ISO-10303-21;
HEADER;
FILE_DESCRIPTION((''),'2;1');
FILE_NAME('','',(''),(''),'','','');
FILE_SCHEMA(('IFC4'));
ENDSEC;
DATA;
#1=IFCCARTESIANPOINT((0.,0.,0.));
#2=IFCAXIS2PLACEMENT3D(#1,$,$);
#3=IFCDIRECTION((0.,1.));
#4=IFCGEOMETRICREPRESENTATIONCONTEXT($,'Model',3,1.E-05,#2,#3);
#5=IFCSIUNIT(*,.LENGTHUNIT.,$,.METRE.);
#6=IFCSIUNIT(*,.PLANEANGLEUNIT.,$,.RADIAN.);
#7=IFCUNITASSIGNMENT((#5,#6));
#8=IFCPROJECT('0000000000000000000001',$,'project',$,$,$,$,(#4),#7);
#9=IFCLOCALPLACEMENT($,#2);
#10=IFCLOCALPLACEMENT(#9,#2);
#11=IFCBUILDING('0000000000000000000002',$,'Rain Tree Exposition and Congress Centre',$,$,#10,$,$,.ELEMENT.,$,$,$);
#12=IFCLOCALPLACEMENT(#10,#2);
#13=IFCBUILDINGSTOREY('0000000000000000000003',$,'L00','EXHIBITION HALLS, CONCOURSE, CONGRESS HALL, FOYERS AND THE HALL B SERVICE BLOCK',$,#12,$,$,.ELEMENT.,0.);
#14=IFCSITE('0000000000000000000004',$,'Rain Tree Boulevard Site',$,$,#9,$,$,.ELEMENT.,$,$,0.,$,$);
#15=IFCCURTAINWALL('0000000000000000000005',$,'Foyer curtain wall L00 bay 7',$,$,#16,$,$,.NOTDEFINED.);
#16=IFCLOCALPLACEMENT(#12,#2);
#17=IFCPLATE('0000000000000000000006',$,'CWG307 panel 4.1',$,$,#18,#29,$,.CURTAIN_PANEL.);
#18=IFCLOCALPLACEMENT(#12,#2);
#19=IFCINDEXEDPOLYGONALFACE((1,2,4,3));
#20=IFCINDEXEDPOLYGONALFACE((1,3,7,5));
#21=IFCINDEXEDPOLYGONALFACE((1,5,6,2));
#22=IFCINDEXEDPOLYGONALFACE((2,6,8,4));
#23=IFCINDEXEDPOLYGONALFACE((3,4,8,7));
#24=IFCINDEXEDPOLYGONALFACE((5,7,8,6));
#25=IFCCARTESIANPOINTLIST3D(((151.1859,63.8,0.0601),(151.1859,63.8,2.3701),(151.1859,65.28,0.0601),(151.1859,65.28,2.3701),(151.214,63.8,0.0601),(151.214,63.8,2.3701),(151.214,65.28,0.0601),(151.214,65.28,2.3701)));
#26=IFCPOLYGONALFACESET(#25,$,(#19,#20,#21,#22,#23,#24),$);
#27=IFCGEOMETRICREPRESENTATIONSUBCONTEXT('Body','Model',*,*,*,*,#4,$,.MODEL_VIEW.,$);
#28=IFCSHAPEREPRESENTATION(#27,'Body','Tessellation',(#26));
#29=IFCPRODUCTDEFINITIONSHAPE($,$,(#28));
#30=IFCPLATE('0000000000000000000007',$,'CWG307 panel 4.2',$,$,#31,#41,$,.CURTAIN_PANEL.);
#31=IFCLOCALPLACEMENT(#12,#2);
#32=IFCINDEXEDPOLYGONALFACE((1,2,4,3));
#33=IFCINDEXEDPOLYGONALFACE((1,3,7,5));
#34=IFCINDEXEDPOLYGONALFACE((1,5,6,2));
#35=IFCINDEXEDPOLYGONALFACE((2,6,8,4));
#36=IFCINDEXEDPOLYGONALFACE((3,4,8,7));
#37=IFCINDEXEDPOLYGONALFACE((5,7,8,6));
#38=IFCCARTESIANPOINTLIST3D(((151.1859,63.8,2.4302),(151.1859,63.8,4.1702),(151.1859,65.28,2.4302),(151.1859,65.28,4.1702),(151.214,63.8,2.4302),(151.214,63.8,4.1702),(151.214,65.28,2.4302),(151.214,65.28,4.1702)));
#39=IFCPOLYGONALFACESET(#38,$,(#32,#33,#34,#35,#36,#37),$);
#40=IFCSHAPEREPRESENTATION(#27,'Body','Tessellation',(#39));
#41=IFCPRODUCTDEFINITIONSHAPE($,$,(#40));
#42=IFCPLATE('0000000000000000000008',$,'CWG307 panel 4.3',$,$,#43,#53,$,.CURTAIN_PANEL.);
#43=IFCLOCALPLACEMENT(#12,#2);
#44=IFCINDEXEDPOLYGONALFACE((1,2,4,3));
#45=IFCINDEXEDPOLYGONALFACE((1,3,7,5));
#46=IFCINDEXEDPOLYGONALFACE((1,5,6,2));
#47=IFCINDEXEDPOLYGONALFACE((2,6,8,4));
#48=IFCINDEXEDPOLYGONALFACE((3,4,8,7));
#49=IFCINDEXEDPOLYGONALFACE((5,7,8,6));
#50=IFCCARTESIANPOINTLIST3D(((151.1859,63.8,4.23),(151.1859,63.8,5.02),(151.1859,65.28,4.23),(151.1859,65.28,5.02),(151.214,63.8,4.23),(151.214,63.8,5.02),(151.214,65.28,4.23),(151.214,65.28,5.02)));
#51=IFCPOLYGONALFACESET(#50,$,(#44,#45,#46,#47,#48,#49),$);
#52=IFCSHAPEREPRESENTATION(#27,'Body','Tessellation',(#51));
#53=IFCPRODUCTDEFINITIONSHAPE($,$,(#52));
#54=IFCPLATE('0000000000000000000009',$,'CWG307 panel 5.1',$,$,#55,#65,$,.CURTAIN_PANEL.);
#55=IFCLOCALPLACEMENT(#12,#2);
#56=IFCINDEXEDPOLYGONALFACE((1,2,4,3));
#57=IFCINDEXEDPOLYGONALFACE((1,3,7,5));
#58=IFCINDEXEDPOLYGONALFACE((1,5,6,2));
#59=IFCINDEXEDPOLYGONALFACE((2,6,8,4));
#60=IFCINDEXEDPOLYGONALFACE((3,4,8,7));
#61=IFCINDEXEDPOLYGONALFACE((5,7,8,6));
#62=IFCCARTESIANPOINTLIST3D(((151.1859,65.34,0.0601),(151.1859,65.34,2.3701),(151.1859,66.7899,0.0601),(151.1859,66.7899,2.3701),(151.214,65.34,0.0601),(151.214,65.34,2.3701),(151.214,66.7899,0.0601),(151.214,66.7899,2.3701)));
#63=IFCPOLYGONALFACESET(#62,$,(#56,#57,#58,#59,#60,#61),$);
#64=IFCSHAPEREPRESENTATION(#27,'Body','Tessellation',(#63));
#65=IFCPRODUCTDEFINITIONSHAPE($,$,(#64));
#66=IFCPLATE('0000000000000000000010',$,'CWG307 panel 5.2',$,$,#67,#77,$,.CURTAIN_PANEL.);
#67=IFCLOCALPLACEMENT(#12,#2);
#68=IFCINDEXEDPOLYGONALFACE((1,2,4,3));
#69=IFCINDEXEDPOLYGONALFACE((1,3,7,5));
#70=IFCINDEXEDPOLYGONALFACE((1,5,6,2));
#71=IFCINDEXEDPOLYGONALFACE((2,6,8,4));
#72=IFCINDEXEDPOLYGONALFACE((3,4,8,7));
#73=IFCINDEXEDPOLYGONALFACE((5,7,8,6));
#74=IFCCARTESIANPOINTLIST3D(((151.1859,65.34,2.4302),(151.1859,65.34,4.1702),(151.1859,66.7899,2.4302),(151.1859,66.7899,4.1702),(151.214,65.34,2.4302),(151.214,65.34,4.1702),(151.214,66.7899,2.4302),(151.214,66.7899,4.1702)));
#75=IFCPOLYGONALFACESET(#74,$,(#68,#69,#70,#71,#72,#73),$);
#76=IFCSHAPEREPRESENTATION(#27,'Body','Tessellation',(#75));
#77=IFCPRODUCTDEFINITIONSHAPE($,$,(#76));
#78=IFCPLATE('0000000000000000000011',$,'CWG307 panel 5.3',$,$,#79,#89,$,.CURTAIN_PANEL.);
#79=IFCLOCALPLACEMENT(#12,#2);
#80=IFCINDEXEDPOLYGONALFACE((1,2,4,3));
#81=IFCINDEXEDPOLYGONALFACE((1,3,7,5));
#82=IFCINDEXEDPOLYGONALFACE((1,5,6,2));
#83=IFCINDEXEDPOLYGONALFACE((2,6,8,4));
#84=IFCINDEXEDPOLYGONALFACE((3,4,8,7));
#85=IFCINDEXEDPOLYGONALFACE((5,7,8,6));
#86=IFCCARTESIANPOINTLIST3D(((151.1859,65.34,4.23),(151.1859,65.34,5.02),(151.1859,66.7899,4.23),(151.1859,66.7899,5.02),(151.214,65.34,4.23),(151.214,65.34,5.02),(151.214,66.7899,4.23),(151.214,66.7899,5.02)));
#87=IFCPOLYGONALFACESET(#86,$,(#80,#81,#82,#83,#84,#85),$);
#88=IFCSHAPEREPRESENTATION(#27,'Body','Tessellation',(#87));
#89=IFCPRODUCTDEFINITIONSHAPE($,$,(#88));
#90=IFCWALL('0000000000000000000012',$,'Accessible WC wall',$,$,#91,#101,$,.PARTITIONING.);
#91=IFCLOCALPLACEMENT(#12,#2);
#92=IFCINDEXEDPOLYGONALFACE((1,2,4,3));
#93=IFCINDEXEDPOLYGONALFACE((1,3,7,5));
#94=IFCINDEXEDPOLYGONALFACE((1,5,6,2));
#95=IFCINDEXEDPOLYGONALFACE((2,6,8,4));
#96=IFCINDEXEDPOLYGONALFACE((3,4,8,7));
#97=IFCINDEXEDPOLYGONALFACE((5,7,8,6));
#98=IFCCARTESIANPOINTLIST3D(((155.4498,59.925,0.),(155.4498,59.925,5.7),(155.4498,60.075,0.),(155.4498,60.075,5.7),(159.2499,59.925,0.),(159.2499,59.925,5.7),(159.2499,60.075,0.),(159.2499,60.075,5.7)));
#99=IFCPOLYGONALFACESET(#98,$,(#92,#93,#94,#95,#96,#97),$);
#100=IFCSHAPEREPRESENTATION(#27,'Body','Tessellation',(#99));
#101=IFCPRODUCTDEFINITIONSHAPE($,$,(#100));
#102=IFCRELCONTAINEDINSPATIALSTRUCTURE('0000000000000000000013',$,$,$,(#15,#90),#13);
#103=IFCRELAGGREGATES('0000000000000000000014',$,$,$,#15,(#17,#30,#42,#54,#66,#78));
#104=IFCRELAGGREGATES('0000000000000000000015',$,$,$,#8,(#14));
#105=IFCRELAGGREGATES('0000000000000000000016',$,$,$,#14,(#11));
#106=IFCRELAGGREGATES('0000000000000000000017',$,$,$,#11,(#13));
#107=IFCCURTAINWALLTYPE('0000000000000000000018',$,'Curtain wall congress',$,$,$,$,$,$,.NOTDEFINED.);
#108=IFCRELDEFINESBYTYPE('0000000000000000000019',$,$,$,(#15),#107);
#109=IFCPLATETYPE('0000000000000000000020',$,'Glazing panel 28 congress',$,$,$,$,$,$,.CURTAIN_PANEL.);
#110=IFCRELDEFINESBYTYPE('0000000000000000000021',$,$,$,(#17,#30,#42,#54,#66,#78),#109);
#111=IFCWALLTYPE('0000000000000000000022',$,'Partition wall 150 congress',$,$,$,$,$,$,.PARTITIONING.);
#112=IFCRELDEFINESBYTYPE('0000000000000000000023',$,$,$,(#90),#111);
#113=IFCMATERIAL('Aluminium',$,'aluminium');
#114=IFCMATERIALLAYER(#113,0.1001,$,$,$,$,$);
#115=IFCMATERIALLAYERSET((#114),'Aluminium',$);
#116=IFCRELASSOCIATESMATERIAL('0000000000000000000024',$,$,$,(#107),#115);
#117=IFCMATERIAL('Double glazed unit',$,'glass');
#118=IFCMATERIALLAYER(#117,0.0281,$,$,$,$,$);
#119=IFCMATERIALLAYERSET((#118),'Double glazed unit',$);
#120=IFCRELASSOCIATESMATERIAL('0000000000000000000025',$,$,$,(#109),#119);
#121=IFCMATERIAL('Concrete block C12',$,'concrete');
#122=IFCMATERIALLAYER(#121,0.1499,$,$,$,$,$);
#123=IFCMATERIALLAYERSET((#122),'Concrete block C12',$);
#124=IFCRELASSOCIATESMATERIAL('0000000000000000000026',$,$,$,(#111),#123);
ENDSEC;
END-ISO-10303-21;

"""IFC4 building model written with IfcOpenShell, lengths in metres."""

from ifc_helpers import new_model, si_unit, direction, frame, frame_2d, origin, origin_2d, place, context, subcontext, project, spatial, rectangle, extrude, material, layer, layer_set, type_object, element, aggregate, save


model = new_model("IFC4")

# Units and contexts
model_context = context("Model", 3, precision=1e-05, world=origin(), true_north=direction((0.0, 1.0)))
body_context = subcontext(model_context, "Body", "Model", "MODEL_VIEW")
ifc_project = project(units=[si_unit("LENGTHUNIT", "METRE"), si_unit("PLANEANGLEUNIT", "RADIAN")], contexts=[model_context])

# Site, building, storey
site_placement = place(None, origin())
site = spatial("IfcSite", under=ifc_project, at=site_placement, Name="Rain Tree Boulevard Site", CompositionType="ELEMENT", RefElevation=0.0)
building_placement = place(site_placement, origin())
building = spatial("IfcBuilding", under=site, at=building_placement, Name="Rain Tree Exposition and Congress Centre", CompositionType="ELEMENT")
storey_placement = place(building_placement, origin())
storey = spatial("IfcBuildingStorey", under=building, at=storey_placement, Name="L00", Description="EXHIBITION HALLS, CONCOURSE, CONGRESS HALL, FOYERS AND THE HALL B SERVICE BLOCK", CompositionType="ELEMENT", Elevation=0.0)

# Curtain wall, plates
ifc_material_1 = material(Name="Aluminium", Category="aluminium")
ifc_layer_1 = layer(ifc_material_1, 0.1001)
ifc_layer_set_1 = layer_set([ifc_layer_1], Name="Aluminium")
curtain_wall_type = type_object("IfcCurtainWallType", Name="Curtain wall congress", PredefinedType="NOTDEFINED", material=ifc_layer_set_1)
curtain_wall_placement = place(storey_placement, origin())
curtain_wall = element("IfcCurtainWall", 1, at=curtain_wall_placement, inside=storey, type_object=curtain_wall_type, Name="Foyer curtain wall L00 bay 7", PredefinedType="NOTDEFINED")
ifc_material_2 = material(Name="Double glazed unit", Category="glass")
ifc_layer_2 = layer(ifc_material_2, 0.0281)
ifc_layer_set_2 = layer_set([ifc_layer_2], Name="Double glazed unit")
plate_type = type_object("IfcPlateType", Name="Glazing panel 28 congress", PredefinedType="CURTAIN_PANEL", material=ifc_layer_set_2)
plate_1_placement = place(storey_placement, frame((151.2, 64.54, 0.0601), z_axis=(0.0, 0.0, 1.0), x_axis=(0.0, 1.0, 0.0)))
plate_1 = element("IfcPlate", 2, at=plate_1_placement, type_object=plate_type, Name="CWG307 panel 4.1", PredefinedType="CURTAIN_PANEL", context=body_context, shape_type="SweptSolid", body=[
    extrude(rectangle(XDim=1.48, YDim=0.0281, at=origin_2d()), origin(), (0.0, 0.0, 1.0), 2.3101),
])
plate_2_placement = place(storey_placement, frame((151.2, 64.54, 2.4302), z_axis=(0.0, 0.0, 1.0), x_axis=(0.0, 1.0, 0.0)))
plate_2 = element("IfcPlate", 3, at=plate_2_placement, type_object=plate_type, Name="CWG307 panel 4.2", PredefinedType="CURTAIN_PANEL", context=body_context, shape_type="SweptSolid", body=[
    extrude(rectangle(XDim=1.48, YDim=0.0281, at=origin_2d()), origin(), (0.0, 0.0, 1.0), 1.74),
])
plate_3_placement = place(storey_placement, frame((151.2, 64.54, 4.23), z_axis=(0.0, 0.0, 1.0), x_axis=(0.0, 1.0, 0.0)))
plate_3 = element("IfcPlate", 4, at=plate_3_placement, type_object=plate_type, Name="CWG307 panel 4.3", PredefinedType="CURTAIN_PANEL", context=body_context, shape_type="SweptSolid", body=[
    extrude(rectangle(XDim=1.48, YDim=0.0281, at=origin_2d()), origin(), (0.0, 0.0, 1.0), 0.79),
])
plate_4_placement = place(storey_placement, frame((151.2, 66.0649, 0.0601), z_axis=(0.0, 0.0, 1.0), x_axis=(0.0, 1.0, 0.0)))
plate_4 = element("IfcPlate", 5, at=plate_4_placement, type_object=plate_type, Name="CWG307 panel 5.1", PredefinedType="CURTAIN_PANEL", context=body_context, shape_type="SweptSolid", body=[
    extrude(rectangle(XDim=1.45, YDim=0.0281, at=origin_2d()), origin(), (0.0, 0.0, 1.0), 2.3101),
])
plate_5_placement = place(storey_placement, frame((151.2, 66.0649, 2.4302), z_axis=(0.0, 0.0, 1.0), x_axis=(0.0, 1.0, 0.0)))
plate_5 = element("IfcPlate", 6, at=plate_5_placement, type_object=plate_type, Name="CWG307 panel 5.2", PredefinedType="CURTAIN_PANEL", context=body_context, shape_type="SweptSolid", body=[
    extrude(rectangle(XDim=1.45, YDim=0.0281, at=origin_2d()), origin(), (0.0, 0.0, 1.0), 1.74),
])
plate_6_placement = place(storey_placement, frame((151.2, 66.0649, 4.23), z_axis=(0.0, 0.0, 1.0), x_axis=(0.0, 1.0, 0.0)))
plate_6 = element("IfcPlate", 7, at=plate_6_placement, type_object=plate_type, Name="CWG307 panel 5.3", PredefinedType="CURTAIN_PANEL", context=body_context, shape_type="SweptSolid", body=[
    extrude(rectangle(XDim=1.45, YDim=0.0281, at=origin_2d()), origin(), (0.0, 0.0, 1.0), 0.79),
])
aggregate(curtain_wall, [plate_1, plate_2, plate_3, plate_4, plate_5, plate_6])

# Wall
ifc_material_3 = material(Name="Concrete block C12", Category="concrete")
ifc_layer_3 = layer(ifc_material_3, 0.1499)
ifc_layer_set_3 = layer_set([ifc_layer_3], Name="Concrete block C12")
wall_type = type_object("IfcWallType", Name="Partition wall 150 congress", PredefinedType="PARTITIONING", material=ifc_layer_set_3)
wall_placement = place(storey_placement, frame((155.45, 60.0, 0.0), z_axis=(0.0, 0.0, 1.0), x_axis=(1.0, 0.0, 0.0)))
element("IfcWall", 8, at=wall_placement, inside=storey, type_object=wall_type, Name="Accessible WC wall", PredefinedType="PARTITIONING", context=body_context, shape_type="SweptSolid", body=[
    extrude(rectangle(XDim=3.8, YDim=0.1499, at=frame_2d((1.8999, 0.0))), origin(), (0.0, 0.0, 1.0), 5.7),
])

save(model, "model.ifc")
